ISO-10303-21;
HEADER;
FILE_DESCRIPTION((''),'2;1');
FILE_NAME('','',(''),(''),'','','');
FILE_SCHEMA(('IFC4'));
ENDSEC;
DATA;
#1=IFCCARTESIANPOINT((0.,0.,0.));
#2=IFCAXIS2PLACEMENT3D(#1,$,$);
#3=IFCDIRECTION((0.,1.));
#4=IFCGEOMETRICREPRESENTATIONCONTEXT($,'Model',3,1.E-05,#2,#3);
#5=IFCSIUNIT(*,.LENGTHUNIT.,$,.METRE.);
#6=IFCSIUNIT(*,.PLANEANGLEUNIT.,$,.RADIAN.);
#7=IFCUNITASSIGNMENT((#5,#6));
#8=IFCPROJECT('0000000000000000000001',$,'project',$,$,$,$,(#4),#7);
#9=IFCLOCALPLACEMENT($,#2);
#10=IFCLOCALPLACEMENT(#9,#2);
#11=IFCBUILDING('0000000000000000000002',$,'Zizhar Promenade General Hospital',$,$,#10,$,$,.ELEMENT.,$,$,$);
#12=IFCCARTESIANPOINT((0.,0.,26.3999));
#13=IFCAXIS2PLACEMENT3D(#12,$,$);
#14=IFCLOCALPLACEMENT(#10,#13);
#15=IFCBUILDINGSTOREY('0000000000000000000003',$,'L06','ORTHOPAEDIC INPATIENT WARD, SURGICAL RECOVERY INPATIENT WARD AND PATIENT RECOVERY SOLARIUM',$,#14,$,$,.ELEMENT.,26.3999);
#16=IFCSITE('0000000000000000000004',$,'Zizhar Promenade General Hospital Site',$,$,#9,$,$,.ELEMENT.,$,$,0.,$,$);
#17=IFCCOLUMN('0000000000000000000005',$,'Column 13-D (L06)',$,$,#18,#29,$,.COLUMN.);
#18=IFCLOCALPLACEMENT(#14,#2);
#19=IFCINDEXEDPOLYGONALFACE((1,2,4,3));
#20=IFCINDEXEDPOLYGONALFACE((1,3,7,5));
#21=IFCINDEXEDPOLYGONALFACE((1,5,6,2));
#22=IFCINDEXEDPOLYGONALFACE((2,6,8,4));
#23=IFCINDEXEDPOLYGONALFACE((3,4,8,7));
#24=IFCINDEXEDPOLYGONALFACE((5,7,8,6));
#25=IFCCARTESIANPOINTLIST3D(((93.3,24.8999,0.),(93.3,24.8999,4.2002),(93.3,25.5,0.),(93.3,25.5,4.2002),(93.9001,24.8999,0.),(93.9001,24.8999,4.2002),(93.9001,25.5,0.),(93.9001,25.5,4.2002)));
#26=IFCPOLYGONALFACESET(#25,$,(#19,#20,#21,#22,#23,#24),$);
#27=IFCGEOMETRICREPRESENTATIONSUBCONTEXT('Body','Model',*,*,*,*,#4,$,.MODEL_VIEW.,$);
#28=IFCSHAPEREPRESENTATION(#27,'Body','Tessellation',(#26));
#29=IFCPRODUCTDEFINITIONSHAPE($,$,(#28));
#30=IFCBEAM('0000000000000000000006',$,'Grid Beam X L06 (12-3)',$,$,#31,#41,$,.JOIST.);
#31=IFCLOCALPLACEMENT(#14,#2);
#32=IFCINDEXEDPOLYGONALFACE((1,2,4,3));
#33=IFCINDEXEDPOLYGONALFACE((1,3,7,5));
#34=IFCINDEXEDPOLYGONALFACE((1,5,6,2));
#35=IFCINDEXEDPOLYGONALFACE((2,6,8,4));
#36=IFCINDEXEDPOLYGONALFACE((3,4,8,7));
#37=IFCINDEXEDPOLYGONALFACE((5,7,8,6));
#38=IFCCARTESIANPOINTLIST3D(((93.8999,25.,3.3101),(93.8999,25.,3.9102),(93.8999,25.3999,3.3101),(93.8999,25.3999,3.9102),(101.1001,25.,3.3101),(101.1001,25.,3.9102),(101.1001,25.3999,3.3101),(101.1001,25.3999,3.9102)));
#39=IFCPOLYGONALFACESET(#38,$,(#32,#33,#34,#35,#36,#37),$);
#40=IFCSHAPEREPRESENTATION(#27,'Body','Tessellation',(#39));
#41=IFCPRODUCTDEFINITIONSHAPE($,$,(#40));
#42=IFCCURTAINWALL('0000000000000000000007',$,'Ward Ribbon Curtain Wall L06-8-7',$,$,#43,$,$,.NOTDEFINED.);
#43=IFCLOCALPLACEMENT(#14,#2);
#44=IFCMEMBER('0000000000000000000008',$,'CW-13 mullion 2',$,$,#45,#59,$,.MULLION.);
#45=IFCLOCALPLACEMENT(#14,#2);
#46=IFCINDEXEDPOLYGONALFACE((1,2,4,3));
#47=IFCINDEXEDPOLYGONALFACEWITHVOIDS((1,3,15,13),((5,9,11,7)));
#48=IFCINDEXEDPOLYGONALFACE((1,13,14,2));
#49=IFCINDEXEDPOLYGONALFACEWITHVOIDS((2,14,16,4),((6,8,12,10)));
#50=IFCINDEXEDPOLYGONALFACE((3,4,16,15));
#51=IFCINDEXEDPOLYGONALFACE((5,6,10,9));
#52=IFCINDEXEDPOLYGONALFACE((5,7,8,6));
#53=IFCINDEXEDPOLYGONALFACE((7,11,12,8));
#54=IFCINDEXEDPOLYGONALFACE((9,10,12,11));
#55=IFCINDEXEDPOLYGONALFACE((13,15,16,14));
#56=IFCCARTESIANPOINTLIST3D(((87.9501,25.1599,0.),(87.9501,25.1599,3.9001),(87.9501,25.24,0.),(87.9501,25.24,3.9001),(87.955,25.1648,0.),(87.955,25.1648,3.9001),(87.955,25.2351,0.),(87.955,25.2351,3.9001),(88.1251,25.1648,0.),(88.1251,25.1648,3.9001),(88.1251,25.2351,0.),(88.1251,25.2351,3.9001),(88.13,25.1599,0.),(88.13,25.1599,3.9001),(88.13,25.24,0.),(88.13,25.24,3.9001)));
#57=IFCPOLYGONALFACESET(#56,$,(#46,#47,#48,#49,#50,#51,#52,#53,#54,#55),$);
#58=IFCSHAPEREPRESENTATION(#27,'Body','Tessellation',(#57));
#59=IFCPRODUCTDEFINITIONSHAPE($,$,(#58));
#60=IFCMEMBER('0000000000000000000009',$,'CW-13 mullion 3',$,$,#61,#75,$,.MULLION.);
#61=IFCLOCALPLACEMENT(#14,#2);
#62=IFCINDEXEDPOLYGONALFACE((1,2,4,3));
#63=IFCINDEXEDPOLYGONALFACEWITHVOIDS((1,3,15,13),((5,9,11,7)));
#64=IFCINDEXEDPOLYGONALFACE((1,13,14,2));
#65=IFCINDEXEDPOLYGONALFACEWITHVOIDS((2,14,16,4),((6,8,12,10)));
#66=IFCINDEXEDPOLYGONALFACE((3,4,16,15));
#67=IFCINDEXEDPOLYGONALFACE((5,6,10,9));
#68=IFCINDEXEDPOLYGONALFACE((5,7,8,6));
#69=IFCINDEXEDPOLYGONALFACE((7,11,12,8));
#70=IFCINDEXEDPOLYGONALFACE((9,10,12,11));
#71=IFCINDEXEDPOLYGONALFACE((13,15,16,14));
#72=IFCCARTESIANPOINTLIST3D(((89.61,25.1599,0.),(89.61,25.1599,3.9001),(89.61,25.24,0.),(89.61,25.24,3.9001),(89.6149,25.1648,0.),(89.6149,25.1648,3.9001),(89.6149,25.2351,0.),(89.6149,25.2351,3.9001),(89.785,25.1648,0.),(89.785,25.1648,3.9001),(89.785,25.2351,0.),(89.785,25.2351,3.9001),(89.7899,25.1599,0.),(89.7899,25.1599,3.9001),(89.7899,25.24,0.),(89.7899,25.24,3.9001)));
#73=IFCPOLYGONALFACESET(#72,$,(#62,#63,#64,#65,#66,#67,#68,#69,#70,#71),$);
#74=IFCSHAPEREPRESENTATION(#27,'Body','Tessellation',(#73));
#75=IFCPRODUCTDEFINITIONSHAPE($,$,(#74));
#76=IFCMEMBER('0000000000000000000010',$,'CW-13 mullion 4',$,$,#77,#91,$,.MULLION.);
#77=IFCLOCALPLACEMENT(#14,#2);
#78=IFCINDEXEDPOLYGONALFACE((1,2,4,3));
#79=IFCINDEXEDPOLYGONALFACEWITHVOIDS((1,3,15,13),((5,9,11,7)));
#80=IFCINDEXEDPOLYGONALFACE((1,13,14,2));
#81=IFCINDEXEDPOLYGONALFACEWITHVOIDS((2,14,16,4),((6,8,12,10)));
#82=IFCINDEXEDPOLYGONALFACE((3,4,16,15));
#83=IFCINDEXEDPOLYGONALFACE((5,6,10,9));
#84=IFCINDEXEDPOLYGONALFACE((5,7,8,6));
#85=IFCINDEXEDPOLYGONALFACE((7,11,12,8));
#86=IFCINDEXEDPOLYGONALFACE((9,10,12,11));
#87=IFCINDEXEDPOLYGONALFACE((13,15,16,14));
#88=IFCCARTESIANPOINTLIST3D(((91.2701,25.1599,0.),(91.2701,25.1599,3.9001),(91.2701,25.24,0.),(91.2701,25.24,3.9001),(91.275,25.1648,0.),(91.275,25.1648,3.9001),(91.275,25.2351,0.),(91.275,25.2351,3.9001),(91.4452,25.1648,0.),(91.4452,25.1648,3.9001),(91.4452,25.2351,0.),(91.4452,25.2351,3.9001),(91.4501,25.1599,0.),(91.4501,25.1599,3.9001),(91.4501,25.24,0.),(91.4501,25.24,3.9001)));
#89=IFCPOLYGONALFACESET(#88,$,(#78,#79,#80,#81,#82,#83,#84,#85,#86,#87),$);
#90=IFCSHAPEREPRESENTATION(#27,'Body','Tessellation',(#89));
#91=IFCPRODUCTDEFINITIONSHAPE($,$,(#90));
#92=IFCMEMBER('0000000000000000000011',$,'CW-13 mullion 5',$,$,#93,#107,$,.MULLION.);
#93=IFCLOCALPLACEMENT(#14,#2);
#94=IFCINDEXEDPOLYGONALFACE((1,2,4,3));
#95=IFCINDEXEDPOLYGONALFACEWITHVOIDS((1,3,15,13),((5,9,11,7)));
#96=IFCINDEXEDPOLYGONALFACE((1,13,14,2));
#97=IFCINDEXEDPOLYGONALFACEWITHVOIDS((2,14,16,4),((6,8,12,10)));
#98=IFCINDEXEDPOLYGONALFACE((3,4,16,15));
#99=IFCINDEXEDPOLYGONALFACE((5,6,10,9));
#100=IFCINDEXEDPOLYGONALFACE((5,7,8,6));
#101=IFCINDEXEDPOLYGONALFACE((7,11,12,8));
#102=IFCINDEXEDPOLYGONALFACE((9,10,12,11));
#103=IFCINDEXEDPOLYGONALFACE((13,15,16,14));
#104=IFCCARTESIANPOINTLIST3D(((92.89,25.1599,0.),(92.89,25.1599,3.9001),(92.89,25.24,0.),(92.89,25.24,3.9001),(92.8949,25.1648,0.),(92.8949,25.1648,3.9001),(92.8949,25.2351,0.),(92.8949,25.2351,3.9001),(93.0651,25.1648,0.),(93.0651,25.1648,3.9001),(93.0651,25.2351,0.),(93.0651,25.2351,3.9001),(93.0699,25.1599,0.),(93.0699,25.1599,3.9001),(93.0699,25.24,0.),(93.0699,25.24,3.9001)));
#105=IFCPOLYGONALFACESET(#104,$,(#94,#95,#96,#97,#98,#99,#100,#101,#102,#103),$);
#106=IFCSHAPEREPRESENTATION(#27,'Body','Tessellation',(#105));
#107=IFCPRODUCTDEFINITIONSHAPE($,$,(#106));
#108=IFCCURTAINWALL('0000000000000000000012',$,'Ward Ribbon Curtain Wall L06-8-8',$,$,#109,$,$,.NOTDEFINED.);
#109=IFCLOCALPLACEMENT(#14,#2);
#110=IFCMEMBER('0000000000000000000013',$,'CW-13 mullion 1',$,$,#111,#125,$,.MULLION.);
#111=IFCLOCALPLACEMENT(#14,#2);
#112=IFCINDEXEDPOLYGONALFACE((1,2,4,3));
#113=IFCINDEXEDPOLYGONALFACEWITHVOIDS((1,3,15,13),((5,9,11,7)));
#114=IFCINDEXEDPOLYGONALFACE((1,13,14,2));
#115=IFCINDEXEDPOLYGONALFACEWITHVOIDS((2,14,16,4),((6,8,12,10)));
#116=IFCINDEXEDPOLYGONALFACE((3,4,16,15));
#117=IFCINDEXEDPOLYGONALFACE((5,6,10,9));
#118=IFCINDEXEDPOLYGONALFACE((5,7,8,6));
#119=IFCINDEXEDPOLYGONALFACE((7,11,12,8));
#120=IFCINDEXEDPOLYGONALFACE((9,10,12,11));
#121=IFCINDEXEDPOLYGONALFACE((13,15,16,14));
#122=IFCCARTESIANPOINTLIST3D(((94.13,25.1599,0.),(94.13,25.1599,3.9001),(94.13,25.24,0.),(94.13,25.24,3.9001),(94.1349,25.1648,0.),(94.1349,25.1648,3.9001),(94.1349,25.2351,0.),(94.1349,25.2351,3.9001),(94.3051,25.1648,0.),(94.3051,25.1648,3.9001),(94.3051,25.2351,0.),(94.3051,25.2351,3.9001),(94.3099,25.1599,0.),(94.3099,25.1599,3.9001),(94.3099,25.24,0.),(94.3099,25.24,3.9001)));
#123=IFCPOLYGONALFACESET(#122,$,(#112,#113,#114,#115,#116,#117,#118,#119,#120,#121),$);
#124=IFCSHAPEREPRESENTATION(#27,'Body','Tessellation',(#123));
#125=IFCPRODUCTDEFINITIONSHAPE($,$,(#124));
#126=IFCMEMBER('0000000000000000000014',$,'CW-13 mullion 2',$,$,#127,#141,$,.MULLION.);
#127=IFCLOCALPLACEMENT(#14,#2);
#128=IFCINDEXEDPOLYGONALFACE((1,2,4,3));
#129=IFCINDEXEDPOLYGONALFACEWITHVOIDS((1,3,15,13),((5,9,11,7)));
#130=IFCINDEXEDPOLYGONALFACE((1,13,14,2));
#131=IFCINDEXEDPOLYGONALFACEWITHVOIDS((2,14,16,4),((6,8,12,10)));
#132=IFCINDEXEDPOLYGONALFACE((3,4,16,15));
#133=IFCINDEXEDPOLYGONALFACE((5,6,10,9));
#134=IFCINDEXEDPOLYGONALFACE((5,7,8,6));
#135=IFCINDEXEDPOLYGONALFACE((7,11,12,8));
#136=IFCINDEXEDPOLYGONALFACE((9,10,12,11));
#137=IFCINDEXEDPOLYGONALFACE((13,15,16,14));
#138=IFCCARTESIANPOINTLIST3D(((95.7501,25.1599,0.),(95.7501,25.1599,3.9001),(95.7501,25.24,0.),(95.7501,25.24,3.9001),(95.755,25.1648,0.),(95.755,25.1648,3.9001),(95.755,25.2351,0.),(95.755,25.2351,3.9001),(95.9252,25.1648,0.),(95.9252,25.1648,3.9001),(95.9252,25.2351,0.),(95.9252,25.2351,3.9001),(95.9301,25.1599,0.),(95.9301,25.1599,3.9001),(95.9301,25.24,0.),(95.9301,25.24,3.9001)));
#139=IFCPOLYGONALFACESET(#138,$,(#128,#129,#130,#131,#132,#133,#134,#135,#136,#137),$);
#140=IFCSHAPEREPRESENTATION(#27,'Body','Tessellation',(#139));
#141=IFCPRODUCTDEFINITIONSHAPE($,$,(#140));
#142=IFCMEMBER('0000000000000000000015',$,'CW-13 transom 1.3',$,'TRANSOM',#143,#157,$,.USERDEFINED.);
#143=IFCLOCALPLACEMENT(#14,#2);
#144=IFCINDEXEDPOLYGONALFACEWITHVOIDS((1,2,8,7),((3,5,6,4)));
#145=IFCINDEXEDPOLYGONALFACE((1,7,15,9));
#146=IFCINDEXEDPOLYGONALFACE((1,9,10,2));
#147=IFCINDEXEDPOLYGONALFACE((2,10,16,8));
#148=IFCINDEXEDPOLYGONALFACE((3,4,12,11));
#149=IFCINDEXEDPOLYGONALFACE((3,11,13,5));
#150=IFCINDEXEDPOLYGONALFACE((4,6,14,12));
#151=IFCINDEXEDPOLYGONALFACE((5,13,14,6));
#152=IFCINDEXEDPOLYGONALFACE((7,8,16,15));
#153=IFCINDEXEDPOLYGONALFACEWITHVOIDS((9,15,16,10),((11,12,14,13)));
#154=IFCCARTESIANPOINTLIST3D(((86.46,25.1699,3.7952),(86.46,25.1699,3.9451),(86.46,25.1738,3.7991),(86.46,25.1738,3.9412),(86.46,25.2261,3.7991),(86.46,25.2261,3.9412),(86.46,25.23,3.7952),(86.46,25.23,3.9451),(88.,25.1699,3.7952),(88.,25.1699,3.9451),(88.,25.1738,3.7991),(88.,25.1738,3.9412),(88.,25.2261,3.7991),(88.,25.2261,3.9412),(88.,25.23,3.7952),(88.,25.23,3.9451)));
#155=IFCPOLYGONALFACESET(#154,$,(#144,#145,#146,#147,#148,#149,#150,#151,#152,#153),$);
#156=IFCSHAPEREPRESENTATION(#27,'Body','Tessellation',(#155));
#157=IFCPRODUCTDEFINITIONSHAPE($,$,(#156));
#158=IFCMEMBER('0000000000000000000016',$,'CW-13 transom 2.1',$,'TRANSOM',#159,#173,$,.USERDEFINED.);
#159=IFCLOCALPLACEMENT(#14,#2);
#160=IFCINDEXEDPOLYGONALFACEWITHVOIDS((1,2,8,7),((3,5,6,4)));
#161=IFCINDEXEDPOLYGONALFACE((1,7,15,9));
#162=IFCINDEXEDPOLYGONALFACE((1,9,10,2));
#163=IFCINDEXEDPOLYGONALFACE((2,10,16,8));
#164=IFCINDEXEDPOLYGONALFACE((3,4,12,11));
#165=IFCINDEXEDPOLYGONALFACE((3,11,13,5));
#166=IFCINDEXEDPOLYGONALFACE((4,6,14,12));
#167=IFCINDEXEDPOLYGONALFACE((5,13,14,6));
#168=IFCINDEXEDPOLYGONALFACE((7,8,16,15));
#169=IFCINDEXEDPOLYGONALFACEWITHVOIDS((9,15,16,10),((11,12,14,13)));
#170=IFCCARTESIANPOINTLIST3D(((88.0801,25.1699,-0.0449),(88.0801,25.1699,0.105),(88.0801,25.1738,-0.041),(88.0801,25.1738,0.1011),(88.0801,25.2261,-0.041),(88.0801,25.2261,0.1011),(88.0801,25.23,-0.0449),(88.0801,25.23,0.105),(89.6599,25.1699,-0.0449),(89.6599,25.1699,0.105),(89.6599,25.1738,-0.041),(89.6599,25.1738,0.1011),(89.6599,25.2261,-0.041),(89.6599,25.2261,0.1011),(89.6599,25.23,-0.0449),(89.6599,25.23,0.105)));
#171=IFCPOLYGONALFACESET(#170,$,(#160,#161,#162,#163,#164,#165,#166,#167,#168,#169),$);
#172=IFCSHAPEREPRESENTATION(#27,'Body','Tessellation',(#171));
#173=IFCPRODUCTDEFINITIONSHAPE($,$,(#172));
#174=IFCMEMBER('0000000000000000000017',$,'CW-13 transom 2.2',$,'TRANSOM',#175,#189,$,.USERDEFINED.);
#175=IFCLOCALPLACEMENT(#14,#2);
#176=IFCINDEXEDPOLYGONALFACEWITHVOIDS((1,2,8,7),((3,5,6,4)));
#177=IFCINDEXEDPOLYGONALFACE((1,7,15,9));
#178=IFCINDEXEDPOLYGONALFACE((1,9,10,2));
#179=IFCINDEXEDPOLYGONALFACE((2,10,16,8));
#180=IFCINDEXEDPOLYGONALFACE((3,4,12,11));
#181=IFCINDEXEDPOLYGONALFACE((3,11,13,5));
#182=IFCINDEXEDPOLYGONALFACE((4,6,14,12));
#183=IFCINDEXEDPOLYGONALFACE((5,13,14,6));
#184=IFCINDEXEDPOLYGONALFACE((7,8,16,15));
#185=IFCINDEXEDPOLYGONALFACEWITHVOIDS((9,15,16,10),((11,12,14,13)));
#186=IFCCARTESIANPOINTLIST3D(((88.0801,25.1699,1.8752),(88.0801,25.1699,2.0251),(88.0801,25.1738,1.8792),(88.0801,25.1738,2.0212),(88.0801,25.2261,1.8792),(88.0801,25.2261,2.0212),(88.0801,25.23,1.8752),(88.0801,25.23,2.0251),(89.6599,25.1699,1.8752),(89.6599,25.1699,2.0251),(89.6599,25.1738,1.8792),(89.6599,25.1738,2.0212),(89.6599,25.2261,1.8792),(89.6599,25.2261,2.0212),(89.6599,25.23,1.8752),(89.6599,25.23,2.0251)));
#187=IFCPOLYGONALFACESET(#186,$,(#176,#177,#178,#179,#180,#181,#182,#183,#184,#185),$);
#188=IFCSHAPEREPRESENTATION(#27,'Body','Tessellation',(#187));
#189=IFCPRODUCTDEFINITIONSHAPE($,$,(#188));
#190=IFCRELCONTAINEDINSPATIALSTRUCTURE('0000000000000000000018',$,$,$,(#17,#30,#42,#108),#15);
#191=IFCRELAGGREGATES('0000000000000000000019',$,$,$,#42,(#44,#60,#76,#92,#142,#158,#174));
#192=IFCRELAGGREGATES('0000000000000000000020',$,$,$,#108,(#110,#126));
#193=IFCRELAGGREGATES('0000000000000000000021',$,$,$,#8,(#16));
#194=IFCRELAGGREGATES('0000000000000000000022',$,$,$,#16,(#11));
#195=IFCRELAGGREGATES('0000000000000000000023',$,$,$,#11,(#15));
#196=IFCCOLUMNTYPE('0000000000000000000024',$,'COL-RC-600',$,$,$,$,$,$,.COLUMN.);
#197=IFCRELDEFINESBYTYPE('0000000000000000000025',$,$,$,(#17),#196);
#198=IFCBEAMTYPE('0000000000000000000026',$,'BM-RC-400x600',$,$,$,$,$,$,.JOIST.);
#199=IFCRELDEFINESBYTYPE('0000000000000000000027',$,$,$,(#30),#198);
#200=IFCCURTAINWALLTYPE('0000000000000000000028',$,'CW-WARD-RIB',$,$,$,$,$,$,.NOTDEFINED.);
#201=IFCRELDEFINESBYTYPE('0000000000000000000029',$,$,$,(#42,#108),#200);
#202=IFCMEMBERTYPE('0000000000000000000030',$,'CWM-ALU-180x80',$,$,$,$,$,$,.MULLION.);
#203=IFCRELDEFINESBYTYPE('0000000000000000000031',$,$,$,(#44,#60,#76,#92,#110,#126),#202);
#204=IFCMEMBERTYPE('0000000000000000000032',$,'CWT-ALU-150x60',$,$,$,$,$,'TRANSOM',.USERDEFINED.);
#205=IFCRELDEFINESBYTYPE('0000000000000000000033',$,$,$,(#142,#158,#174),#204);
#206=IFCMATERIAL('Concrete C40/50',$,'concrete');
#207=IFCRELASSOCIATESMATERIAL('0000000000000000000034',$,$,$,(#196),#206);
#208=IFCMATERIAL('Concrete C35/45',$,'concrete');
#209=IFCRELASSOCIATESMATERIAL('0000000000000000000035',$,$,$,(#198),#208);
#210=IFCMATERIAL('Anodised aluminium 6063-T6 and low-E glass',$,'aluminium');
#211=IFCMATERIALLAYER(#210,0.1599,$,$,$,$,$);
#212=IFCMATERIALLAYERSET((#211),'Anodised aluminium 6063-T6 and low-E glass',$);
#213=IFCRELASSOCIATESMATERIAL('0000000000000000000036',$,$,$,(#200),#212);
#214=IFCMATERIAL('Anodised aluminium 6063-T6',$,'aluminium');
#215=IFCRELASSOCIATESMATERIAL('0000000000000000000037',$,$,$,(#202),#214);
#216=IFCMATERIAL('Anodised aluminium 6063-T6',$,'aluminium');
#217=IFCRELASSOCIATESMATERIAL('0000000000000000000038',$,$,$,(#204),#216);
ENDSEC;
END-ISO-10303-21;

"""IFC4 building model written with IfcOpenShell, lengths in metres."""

from ifc_helpers import new_model, si_unit, direction, frame, origin, origin_2d, place, context, subcontext, project, spatial, rectangle, hollow_rectangle, extrude, material, layer, layer_set, material_profile, profile_set, type_object, element, aggregate, save


model = new_model("IFC4")

# Units and contexts
model_context = context("Model", 3, precision=1e-05, world=origin(), true_north=direction((0.0, 1.0)))
body_context = subcontext(model_context, "Body", "Model", "MODEL_VIEW")
ifc_project = project(units=[si_unit("LENGTHUNIT", "METRE"), si_unit("PLANEANGLEUNIT", "RADIAN")], contexts=[model_context])

# Site, building, storey
site_placement = place(None, origin())
site = spatial("IfcSite", under=ifc_project, at=site_placement, Name="Zizhar Promenade General Hospital Site", CompositionType="ELEMENT", RefElevation=0.0)
building_placement = place(site_placement, origin())
building = spatial("IfcBuilding", under=site, at=building_placement, Name="Zizhar Promenade General Hospital", CompositionType="ELEMENT")
storey_placement = place(building_placement, frame((0.0, 0.0, 26.3999)))
storey = spatial("IfcBuildingStorey", under=building, at=storey_placement, Name="L06", Description="ORTHOPAEDIC INPATIENT WARD, SURGICAL RECOVERY INPATIENT WARD AND PATIENT RECOVERY SOLARIUM", CompositionType="ELEMENT", Elevation=26.3999)

# Column
ifc_material_1 = material(Name="Concrete C40/50", Category="concrete")
ifc_material_profile_1 = material_profile(ifc_material_1, rectangle(XDim=0.6001, YDim=0.6001, at=origin_2d()))
ifc_profile_set_1 = profile_set([ifc_material_profile_1], Name="Concrete C40/50")
column_type = type_object("IfcColumnType", Name="COL-RC-600", PredefinedType="COLUMN", material=ifc_profile_set_1)
column_placement = place(storey_placement, frame((93.6001, 25.2, 0.0), z_axis=(0.0, 0.0, 1.0), x_axis=(1.0, 0.0, 0.0)))
element("IfcColumn", 1, at=column_placement, inside=storey, type_object=column_type, Name="Column 13-D (L06)", PredefinedType="COLUMN", context=body_context, shape_type="SweptSolid", body=[
    extrude(rectangle(XDim=0.6001, YDim=0.6001, at=origin_2d()), origin(), (0.0, 0.0, 1.0), 4.2002),
])

# Beam
ifc_material_2 = material(Name="Concrete C35/45", Category="concrete")
ifc_material_profile_2 = material_profile(ifc_material_2, rectangle(XDim=0.3999, YDim=0.6001, at=origin_2d()))
ifc_profile_set_2 = profile_set([ifc_material_profile_2], Name="Concrete C35/45")
beam_type = type_object("IfcBeamType", Name="BM-RC-400x600", PredefinedType="JOIST", material=ifc_profile_set_2)
beam_placement = place(storey_placement, frame((93.8999, 25.2, 3.6101), z_axis=(1.0, 0.0, 0.0), x_axis=(0.0, 1.0, 0.0)))
element("IfcBeam", 2, at=beam_placement, inside=storey, type_object=beam_type, Name="Grid Beam X L06 (12-3)", PredefinedType="JOIST", context=body_context, shape_type="SweptSolid", body=[
    extrude(rectangle(XDim=0.3999, YDim=0.6001, at=origin_2d()), origin(), (0.0, 0.0, 1.0), 7.2002),
])

# Curtain walls, members
ifc_material_3 = material(Name="Anodised aluminium 6063-T6 and low-E glass", Category="aluminium")
ifc_layer_1 = layer(ifc_material_3, 0.1599)
ifc_layer_set_1 = layer_set([ifc_layer_1], Name="Anodised aluminium 6063-T6 and low-E glass")
curtain_wall_type = type_object("IfcCurtainWallType", Name="CW-WARD-RIB", PredefinedType="NOTDEFINED", material=ifc_layer_set_1)
curtain_wall_1_placement = place(storey_placement, origin())
curtain_wall_1 = element("IfcCurtainWall", 3, at=curtain_wall_1_placement, inside=storey, type_object=curtain_wall_type, Name="Ward Ribbon Curtain Wall L06-8-7", PredefinedType="NOTDEFINED")
ifc_material_4 = material(Name="Anodised aluminium 6063-T6", Category="aluminium")
ifc_material_profile_3 = material_profile(ifc_material_4, hollow_rectangle(XDim=0.0801, YDim=0.1799, WallThickness=0.0049, at=origin_2d()))
ifc_profile_set_3 = profile_set([ifc_material_profile_3], Name="Anodised aluminium 6063-T6")
member_type_1 = type_object("IfcMemberType", Name="CWM-ALU-180x80", PredefinedType="MULLION", material=ifc_profile_set_3)
member_1_placement = place(storey_placement, frame((88.04, 25.2, 0.0), z_axis=(0.0, 0.0, 1.0), x_axis=(0.0, 1.0, 0.0)))
member_1 = element("IfcMember", 4, at=member_1_placement, type_object=member_type_1, Name="CW-13 mullion 2", PredefinedType="MULLION", context=body_context, shape_type="SweptSolid", body=[
    extrude(hollow_rectangle(XDim=0.0801, YDim=0.1799, WallThickness=0.0049, at=origin_2d()), origin(), (0.0, 0.0, 1.0), 3.9001),
])
member_2_placement = place(storey_placement, frame((89.7, 25.2, 0.0), z_axis=(0.0, 0.0, 1.0), x_axis=(0.0, 1.0, 0.0)))
member_2 = element("IfcMember", 5, at=member_2_placement, type_object=member_type_1, Name="CW-13 mullion 3", PredefinedType="MULLION", context=body_context, shape_type="SweptSolid", body=[
    extrude(hollow_rectangle(XDim=0.0801, YDim=0.1799, WallThickness=0.0049, at=origin_2d()), origin(), (0.0, 0.0, 1.0), 3.9001),
])
member_3_placement = place(storey_placement, frame((91.3601, 25.2, 0.0), z_axis=(0.0, 0.0, 1.0), x_axis=(0.0, 1.0, 0.0)))
member_3 = element("IfcMember", 6, at=member_3_placement, type_object=member_type_1, Name="CW-13 mullion 4", PredefinedType="MULLION", context=body_context, shape_type="SweptSolid", body=[
    extrude(hollow_rectangle(XDim=0.0801, YDim=0.1799, WallThickness=0.0049, at=origin_2d()), origin(), (0.0, 0.0, 1.0), 3.9001),
])
member_4_placement = place(storey_placement, frame((92.98, 25.2, 0.0), z_axis=(0.0, 0.0, 1.0), x_axis=(0.0, 1.0, 0.0)))
member_4 = element("IfcMember", 7, at=member_4_placement, type_object=member_type_1, Name="CW-13 mullion 5", PredefinedType="MULLION", context=body_context, shape_type="SweptSolid", body=[
    extrude(hollow_rectangle(XDim=0.0801, YDim=0.1799, WallThickness=0.0049, at=origin_2d()), origin(), (0.0, 0.0, 1.0), 3.9001),
])
curtain_wall_2_placement = place(storey_placement, origin())
curtain_wall_2 = element("IfcCurtainWall", 8, at=curtain_wall_2_placement, inside=storey, type_object=curtain_wall_type, Name="Ward Ribbon Curtain Wall L06-8-8", PredefinedType="NOTDEFINED")
member_5_placement = place(storey_placement, frame((94.22, 25.2, 0.0), z_axis=(0.0, 0.0, 1.0), x_axis=(0.0, 1.0, 0.0)))
member_5 = element("IfcMember", 9, at=member_5_placement, type_object=member_type_1, Name="CW-13 mullion 1", PredefinedType="MULLION", context=body_context, shape_type="SweptSolid", body=[
    extrude(hollow_rectangle(XDim=0.0801, YDim=0.1799, WallThickness=0.0049, at=origin_2d()), origin(), (0.0, 0.0, 1.0), 3.9001),
])
member_6_placement = place(storey_placement, frame((95.8401, 25.2, 0.0), z_axis=(0.0, 0.0, 1.0), x_axis=(0.0, 1.0, 0.0)))
member_6 = element("IfcMember", 10, at=member_6_placement, type_object=member_type_1, Name="CW-13 mullion 2", PredefinedType="MULLION", context=body_context, shape_type="SweptSolid", body=[
    extrude(hollow_rectangle(XDim=0.0801, YDim=0.1799, WallThickness=0.0049, at=origin_2d()), origin(), (0.0, 0.0, 1.0), 3.9001),
])

# Members
ifc_material_5 = material(Name="Anodised aluminium 6063-T6", Category="aluminium")
ifc_material_profile_4 = material_profile(ifc_material_5, hollow_rectangle(XDim=0.0601, YDim=0.1499, WallThickness=0.0039, at=origin_2d()))
ifc_profile_set_4 = profile_set([ifc_material_profile_4], Name="Anodised aluminium 6063-T6")
member_type_2 = type_object("IfcMemberType", Name="CWT-ALU-150x60", ElementType="TRANSOM", PredefinedType="USERDEFINED", material=ifc_profile_set_4)
member_7_placement = place(storey_placement, frame((86.46, 25.2, 3.8701), z_axis=(1.0, 0.0, 0.0), x_axis=(0.0, 1.0, 0.0)))
member_7 = element("IfcMember", 11, at=member_7_placement, type_object=member_type_2, Name="CW-13 transom 1.3", ObjectType="TRANSOM", PredefinedType="USERDEFINED", context=body_context, shape_type="SweptSolid", body=[
    extrude(hollow_rectangle(XDim=0.0601, YDim=0.1499, WallThickness=0.0039, at=origin_2d()), origin(), (0.0, 0.0, 1.0), 1.54),
])
member_8_placement = place(storey_placement, frame((88.0801, 25.2, 0.03), z_axis=(1.0, 0.0, 0.0), x_axis=(0.0, 1.0, 0.0)))
member_8 = element("IfcMember", 12, at=member_8_placement, type_object=member_type_2, Name="CW-13 transom 2.1", ObjectType="TRANSOM", PredefinedType="USERDEFINED", context=body_context, shape_type="SweptSolid", body=[
    extrude(hollow_rectangle(XDim=0.0601, YDim=0.1499, WallThickness=0.0039, at=origin_2d()), origin(), (0.0, 0.0, 1.0), 1.5798),
])
member_9_placement = place(storey_placement, frame((88.0801, 25.2, 1.9502), z_axis=(1.0, 0.0, 0.0), x_axis=(0.0, 1.0, 0.0)))
member_9 = element("IfcMember", 13, at=member_9_placement, type_object=member_type_2, Name="CW-13 transom 2.2", ObjectType="TRANSOM", PredefinedType="USERDEFINED", context=body_context, shape_type="SweptSolid", body=[
    extrude(hollow_rectangle(XDim=0.0601, YDim=0.1499, WallThickness=0.0039, at=origin_2d()), origin(), (0.0, 0.0, 1.0), 1.5798),
])

aggregate(curtain_wall_1, [member_1, member_2, member_3, member_4, member_7, member_8, member_9])
aggregate(curtain_wall_2, [member_5, member_6])

save(model, "model.ifc")
